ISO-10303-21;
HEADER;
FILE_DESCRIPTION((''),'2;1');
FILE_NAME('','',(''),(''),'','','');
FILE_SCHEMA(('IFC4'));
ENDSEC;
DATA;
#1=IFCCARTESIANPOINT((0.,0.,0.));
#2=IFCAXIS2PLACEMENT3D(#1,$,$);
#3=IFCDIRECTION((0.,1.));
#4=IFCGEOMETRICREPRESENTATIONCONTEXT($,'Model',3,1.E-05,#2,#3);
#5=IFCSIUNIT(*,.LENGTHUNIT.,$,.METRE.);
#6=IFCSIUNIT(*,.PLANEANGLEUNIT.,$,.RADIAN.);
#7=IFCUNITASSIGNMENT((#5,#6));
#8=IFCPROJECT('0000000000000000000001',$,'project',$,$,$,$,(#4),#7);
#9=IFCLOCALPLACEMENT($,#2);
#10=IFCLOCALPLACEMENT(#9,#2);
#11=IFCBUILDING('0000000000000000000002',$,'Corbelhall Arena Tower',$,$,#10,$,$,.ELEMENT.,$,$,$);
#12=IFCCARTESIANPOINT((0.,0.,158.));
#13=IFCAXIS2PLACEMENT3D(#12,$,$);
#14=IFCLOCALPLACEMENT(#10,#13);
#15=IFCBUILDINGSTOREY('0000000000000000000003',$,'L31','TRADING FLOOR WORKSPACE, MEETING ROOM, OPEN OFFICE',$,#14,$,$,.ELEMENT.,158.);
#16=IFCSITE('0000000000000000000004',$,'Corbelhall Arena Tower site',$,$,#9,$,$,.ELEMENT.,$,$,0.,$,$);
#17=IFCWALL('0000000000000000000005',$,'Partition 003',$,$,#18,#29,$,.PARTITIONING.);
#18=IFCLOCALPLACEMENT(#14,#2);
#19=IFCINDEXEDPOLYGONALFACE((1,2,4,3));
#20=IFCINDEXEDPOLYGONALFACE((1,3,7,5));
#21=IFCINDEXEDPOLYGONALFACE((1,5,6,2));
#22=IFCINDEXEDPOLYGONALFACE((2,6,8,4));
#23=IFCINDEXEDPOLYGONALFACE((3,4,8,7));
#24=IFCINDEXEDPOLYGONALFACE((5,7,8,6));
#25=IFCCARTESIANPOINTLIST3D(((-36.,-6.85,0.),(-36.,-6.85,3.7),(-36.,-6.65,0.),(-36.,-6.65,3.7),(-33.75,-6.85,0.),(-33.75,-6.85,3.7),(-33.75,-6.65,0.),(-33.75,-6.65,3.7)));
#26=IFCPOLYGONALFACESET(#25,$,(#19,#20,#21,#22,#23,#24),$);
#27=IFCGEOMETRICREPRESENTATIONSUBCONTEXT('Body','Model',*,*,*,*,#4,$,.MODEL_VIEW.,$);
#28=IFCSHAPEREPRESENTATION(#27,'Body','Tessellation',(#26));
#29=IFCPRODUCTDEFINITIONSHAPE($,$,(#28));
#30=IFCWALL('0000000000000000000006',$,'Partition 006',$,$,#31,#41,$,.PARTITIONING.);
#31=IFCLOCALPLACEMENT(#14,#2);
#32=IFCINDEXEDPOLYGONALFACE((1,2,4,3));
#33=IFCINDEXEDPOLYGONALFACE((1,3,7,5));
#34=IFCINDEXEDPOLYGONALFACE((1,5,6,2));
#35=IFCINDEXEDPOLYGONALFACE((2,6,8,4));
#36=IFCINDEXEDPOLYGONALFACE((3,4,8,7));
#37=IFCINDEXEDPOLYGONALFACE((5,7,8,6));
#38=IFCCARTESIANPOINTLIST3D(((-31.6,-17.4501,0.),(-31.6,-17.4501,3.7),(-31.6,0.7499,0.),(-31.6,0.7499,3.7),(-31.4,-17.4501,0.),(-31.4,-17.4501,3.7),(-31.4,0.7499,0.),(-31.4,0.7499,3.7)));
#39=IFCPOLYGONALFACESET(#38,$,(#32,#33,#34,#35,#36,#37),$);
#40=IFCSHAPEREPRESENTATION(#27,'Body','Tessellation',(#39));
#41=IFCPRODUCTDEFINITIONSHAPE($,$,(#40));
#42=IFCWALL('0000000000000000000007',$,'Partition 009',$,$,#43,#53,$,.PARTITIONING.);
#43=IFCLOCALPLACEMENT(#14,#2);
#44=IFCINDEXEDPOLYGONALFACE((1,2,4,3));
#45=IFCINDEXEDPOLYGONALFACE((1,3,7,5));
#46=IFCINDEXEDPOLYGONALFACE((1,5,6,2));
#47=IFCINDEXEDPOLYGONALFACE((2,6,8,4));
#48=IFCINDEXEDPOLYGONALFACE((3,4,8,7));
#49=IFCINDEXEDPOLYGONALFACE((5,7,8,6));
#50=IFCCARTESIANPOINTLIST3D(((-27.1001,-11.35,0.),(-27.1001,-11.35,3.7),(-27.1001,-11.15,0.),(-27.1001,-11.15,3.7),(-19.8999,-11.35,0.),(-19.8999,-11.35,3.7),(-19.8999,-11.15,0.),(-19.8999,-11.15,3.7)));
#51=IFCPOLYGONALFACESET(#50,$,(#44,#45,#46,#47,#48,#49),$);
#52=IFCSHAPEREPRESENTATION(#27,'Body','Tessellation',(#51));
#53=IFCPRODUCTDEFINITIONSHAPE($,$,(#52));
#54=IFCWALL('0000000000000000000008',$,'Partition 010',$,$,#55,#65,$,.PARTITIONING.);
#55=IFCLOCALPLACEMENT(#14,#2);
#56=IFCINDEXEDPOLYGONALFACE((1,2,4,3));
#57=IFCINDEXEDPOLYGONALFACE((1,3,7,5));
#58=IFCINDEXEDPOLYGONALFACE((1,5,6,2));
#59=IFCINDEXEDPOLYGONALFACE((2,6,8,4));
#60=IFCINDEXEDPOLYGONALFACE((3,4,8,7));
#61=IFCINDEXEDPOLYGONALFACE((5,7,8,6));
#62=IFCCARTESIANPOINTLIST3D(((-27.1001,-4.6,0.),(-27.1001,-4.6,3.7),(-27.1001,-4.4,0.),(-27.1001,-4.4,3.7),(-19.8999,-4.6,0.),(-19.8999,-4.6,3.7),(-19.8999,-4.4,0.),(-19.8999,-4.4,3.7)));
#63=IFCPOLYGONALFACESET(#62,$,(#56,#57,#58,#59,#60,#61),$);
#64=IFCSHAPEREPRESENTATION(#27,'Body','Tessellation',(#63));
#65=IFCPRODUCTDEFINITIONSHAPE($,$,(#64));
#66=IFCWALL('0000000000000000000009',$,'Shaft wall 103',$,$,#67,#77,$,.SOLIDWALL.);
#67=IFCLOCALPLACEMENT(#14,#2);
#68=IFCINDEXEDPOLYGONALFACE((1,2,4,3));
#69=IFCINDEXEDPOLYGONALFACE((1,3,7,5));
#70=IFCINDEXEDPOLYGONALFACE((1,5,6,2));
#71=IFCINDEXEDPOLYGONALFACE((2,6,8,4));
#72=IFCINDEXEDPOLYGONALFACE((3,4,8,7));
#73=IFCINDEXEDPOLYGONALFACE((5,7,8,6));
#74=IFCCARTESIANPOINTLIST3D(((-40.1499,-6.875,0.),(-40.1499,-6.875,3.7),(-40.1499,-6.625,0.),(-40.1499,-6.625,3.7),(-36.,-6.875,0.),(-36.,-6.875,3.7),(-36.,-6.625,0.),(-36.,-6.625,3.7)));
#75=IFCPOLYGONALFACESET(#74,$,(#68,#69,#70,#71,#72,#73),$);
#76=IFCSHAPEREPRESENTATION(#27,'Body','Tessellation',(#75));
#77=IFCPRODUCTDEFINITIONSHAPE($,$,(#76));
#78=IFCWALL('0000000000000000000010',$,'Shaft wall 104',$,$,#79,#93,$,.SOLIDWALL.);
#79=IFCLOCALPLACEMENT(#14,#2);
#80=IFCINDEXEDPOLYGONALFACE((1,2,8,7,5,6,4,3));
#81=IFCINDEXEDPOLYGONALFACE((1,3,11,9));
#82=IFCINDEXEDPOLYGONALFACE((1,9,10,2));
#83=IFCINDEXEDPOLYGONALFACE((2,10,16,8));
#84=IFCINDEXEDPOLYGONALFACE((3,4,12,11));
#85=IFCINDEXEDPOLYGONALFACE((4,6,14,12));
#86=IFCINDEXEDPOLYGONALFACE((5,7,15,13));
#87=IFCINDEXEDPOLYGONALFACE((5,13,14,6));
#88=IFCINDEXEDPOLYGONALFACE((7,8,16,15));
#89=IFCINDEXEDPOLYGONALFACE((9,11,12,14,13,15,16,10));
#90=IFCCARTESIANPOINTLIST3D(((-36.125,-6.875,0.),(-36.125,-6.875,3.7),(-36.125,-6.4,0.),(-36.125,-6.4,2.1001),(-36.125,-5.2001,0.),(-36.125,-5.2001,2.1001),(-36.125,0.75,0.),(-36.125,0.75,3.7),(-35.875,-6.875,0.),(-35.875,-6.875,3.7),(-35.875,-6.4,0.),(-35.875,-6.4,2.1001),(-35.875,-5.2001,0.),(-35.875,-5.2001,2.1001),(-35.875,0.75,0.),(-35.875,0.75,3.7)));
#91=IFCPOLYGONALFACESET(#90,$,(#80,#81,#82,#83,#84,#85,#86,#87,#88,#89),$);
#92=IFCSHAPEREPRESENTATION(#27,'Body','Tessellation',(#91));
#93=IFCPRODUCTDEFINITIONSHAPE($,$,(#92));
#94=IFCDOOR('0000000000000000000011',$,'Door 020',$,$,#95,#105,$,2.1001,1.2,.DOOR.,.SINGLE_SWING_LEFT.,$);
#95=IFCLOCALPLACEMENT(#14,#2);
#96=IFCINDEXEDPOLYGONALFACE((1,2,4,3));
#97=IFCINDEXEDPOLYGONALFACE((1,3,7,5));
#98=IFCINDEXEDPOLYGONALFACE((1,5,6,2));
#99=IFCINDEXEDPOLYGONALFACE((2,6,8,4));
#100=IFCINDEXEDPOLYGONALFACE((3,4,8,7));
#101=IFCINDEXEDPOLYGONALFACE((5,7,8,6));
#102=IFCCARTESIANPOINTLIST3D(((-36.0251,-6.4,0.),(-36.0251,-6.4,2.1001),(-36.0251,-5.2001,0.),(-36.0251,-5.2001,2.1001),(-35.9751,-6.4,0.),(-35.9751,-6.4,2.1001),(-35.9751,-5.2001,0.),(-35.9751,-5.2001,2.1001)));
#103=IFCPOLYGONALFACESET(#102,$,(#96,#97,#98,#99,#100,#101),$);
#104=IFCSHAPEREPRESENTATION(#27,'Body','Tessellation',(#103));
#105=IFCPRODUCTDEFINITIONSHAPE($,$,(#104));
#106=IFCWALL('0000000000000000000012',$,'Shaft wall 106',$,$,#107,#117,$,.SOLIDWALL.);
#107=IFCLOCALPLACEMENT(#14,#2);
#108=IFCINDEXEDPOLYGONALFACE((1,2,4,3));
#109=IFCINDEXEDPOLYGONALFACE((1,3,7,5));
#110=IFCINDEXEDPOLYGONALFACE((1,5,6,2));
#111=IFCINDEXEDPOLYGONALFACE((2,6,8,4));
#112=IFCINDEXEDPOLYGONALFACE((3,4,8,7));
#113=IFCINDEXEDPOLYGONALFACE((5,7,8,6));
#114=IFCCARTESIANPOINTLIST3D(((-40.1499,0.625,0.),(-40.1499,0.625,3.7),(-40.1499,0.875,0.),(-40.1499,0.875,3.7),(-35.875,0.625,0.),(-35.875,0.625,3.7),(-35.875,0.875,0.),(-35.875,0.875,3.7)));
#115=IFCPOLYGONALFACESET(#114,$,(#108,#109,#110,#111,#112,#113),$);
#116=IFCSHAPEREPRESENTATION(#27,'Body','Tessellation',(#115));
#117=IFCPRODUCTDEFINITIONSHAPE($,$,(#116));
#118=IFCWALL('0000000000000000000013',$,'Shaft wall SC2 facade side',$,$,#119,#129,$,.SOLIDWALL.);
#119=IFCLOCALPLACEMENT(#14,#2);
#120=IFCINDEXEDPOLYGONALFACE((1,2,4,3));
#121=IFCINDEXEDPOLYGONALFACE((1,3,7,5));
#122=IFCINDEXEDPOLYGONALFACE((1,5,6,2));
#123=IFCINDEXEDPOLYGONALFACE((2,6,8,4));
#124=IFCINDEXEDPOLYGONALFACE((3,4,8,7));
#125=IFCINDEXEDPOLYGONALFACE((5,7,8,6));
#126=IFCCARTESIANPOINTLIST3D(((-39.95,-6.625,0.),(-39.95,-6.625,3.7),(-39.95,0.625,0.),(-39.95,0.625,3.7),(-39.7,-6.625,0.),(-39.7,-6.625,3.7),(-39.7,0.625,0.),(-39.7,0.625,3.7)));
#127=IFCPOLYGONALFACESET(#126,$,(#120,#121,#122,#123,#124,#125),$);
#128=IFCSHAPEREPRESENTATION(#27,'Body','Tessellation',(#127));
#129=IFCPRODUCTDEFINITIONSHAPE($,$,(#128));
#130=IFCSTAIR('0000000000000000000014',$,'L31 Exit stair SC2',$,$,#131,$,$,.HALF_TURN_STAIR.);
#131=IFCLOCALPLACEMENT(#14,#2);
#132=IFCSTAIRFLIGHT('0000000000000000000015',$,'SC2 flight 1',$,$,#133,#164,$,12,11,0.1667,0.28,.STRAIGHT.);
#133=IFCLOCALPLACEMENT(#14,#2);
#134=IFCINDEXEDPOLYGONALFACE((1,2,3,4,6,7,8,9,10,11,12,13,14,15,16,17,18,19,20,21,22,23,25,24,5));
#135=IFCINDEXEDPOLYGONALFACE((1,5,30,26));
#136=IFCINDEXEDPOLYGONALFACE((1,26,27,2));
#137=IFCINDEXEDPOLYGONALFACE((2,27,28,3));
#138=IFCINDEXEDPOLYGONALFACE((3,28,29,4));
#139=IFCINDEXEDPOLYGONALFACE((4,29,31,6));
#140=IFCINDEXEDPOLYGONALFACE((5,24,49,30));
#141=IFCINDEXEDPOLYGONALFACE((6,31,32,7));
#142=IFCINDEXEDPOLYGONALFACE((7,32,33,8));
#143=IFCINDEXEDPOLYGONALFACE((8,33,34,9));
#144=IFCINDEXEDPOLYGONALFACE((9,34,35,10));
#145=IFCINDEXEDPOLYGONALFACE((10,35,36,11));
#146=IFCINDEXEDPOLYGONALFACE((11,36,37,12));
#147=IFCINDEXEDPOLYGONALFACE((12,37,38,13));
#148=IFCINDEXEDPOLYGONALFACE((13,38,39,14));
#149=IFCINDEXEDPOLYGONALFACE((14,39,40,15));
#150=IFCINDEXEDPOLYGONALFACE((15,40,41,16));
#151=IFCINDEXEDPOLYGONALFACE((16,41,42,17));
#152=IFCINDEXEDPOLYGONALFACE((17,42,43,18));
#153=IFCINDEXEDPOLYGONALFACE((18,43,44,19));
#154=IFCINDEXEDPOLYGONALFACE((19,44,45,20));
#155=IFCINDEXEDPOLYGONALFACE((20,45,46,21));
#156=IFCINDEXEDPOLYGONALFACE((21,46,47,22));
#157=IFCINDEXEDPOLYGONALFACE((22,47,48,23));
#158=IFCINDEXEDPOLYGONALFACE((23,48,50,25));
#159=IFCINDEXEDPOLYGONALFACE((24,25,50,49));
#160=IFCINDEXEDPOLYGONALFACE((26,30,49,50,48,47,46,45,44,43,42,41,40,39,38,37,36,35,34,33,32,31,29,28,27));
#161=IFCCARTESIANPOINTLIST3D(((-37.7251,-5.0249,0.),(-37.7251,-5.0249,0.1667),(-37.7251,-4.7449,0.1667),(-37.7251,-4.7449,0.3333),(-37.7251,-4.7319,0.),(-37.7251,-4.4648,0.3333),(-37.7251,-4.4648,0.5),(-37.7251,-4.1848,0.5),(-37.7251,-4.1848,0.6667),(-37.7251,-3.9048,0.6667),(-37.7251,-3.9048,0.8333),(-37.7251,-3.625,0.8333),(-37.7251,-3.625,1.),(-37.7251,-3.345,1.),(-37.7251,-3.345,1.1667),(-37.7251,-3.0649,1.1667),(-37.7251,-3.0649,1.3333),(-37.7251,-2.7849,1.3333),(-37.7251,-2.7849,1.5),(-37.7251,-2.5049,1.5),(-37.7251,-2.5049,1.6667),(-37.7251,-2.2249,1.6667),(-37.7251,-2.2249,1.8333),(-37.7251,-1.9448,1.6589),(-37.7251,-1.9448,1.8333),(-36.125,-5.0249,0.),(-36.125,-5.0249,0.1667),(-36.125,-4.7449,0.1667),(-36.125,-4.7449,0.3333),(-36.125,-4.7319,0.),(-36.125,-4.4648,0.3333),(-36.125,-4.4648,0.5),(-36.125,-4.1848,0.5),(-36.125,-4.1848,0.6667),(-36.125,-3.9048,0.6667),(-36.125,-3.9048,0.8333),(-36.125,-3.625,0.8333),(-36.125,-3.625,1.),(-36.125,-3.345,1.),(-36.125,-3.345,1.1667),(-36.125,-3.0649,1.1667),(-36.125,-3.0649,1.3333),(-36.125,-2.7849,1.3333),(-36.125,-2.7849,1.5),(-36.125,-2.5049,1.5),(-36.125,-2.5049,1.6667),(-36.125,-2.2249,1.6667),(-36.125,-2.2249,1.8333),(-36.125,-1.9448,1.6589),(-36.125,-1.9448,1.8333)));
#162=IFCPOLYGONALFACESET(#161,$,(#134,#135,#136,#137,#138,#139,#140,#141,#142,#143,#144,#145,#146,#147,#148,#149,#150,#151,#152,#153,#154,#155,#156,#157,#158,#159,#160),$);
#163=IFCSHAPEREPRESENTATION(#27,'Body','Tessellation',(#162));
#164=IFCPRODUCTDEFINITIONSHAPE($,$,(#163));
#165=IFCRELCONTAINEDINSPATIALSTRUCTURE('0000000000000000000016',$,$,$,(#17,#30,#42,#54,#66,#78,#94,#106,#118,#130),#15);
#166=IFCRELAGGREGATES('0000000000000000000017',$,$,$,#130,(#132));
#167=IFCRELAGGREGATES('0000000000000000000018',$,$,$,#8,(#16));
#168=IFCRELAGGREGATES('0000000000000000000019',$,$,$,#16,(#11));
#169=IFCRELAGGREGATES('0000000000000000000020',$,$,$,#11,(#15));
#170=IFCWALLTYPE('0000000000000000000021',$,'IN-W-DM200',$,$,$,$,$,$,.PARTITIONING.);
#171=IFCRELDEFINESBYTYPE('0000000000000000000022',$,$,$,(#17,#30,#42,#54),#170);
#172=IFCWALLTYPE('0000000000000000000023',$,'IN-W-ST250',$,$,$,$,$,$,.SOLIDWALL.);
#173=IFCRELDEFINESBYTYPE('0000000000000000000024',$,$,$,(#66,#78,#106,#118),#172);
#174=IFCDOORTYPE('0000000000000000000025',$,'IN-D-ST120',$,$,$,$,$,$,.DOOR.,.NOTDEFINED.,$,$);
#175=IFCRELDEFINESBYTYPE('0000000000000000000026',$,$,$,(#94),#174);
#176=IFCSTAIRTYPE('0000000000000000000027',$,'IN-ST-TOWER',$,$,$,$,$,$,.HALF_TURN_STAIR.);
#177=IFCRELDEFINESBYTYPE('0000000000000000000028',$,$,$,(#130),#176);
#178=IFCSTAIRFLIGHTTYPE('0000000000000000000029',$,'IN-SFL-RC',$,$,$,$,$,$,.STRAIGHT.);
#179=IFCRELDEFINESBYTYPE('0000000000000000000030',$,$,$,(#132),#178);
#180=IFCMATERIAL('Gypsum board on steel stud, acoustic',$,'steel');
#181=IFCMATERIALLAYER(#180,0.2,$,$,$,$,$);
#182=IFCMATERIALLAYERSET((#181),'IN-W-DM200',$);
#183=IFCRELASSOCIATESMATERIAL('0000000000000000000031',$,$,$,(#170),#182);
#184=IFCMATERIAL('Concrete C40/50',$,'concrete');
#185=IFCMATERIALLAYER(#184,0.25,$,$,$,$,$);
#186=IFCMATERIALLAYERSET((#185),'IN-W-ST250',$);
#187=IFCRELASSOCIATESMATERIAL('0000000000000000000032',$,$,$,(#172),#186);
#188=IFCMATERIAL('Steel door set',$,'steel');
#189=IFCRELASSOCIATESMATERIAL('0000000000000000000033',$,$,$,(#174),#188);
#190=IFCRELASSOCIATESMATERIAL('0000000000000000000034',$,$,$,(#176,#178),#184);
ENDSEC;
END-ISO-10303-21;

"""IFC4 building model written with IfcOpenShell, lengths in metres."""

from ifc_helpers import new_model, si_unit, direction, frame, frame_2d, origin, place, context, subcontext, project, spatial, polyline, rectangle, outline, extrude, material, layer, layer_set, type_object, element, fill, aggregate, save


model = new_model("IFC4")

# Units and contexts
model_context = context("Model", 3, precision=1e-05, world=origin(), true_north=direction((0.0, 1.0)))
body_context = subcontext(model_context, "Body", "Model", "MODEL_VIEW")
ifc_project = project(units=[si_unit("LENGTHUNIT", "METRE"), si_unit("PLANEANGLEUNIT", "RADIAN")], contexts=[model_context])

# Site, building, storey
site_placement = place(None, origin())
site = spatial("IfcSite", under=ifc_project, at=site_placement, Name="Corbelhall Arena Tower site", CompositionType="ELEMENT", RefElevation=0.0)
building_placement = place(site_placement, origin())
building = spatial("IfcBuilding", under=site, at=building_placement, Name="Corbelhall Arena Tower", CompositionType="ELEMENT")
storey_placement = place(building_placement, frame((0.0, 0.0, 158.0)))
storey = spatial("IfcBuildingStorey", under=building, at=storey_placement, Name="L31", Description="TRADING FLOOR WORKSPACE, MEETING ROOM, OPEN OFFICE", CompositionType="ELEMENT", Elevation=158.0)

# Wall
ifc_material_1 = material(Name="Gypsum board on steel stud, acoustic", Category="steel")
ifc_layer_1 = layer(ifc_material_1, 0.2)
ifc_layer_set_1 = layer_set([ifc_layer_1], Name="IN-W-DM200")
wall_type_1 = type_object("IfcWallType", Name="IN-W-DM200", PredefinedType="PARTITIONING", material=ifc_layer_set_1)
wall_1_placement = place(storey_placement, frame((-33.75, -6.75, 0.0), z_axis=(0.0, 0.0, 1.0), x_axis=(-1.0, 0.0, 0.0)))
element("IfcWall", 1, at=wall_1_placement, inside=storey, type_object=wall_type_1, Name="Partition 003", PredefinedType="PARTITIONING", context=body_context, shape_type="SweptSolid", body=[
    extrude(rectangle(XDim=2.25, YDim=0.2, at=frame_2d((1.125, 0.0))), origin(), (0.0, 0.0, 1.0), 3.7),
])

# Shared definitions
ifc_material_2 = material(Name="Steel door set", Category="steel")

# Walls
wall_2_placement = place(storey_placement, frame((-31.5, 0.75, 0.0), z_axis=(0.0, 0.0, 1.0), x_axis=(0.0, -1.0, 0.0)))
element("IfcWall", 2, at=wall_2_placement, inside=storey, type_object=wall_type_1, Name="Partition 006", PredefinedType="PARTITIONING", context=body_context, shape_type="SweptSolid", body=[
    extrude(rectangle(XDim=18.2, YDim=0.2, at=frame_2d((9.1001, 0.0))), origin(), (0.0, 0.0, 1.0), 3.7),
])
for number, where, z_axis, x_axis, name in (
    (3, (-27.1001, -11.25, 0.0), (0.0, 0.0, 1.0), (1.0, 0.0, 0.0), "Partition 009"),
    (4, (-27.1001, -4.5, 0.0), (0.0, 0.0, 1.0), (1.0, 0.0, 0.0), "Partition 010"),
):
    element("IfcWall", number, at=place(storey_placement, frame(where, z_axis=z_axis, x_axis=x_axis)), inside=storey, type_object=wall_type_1, Name=name, PredefinedType="PARTITIONING", context=body_context, shape_type="SweptSolid", body=[
        extrude(rectangle(XDim=7.2002, YDim=0.2, at=frame_2d((3.6001, 0.0))), origin(), (0.0, 0.0, 1.0), 3.7),
    ])
ifc_material_3 = material(Name="Concrete C40/50", Category="concrete")
ifc_layer_2 = layer(ifc_material_3, 0.25)
ifc_layer_set_2 = layer_set([ifc_layer_2], Name="IN-W-ST250")
wall_type_2 = type_object("IfcWallType", Name="IN-W-ST250", PredefinedType="SOLIDWALL", material=ifc_layer_set_2)
wall_3_placement = place(storey_placement, frame((-36.0, -6.75, 0.0), z_axis=(0.0, 0.0, 1.0), x_axis=(-1.0, 0.0, 0.0)))
element("IfcWall", 5, at=wall_3_placement, inside=storey, type_object=wall_type_2, Name="Shaft wall 103", PredefinedType="SOLIDWALL", context=body_context, shape_type="SweptSolid", body=[
    extrude(rectangle(XDim=4.1499, YDim=0.25, at=frame_2d((2.075, 0.0))), origin(), (0.0, 0.0, 1.0), 3.7),
])

# Wall, opening, door
wall_4_placement = place(storey_placement, frame((-36.0, 0.75, 0.0), z_axis=(0.0, 0.0, 1.0), x_axis=(0.0, -1.0, 0.0)))
wall_4 = element("IfcWall", 6, at=wall_4_placement, inside=storey, type_object=wall_type_2, Name="Shaft wall 104", PredefinedType="SOLIDWALL", context=body_context, shape_type="SweptSolid", body=[
    extrude(rectangle(XDim=7.625, YDim=0.25, at=frame_2d((3.8125, 0.0))), origin(), (0.0, 0.0, 1.0), 3.7),
])
opening_1_placement = place(wall_4_placement, frame((5.95, 0.0, 0.0)))
opening_1 = element("IfcOpeningElement", 7, at=opening_1_placement, cuts=wall_4, PredefinedType="OPENING", context=body_context, shape_type="SweptSolid", body=[
    extrude(rectangle(XDim=1.2, YDim=2.1001, at=frame_2d((0.6001, 1.05))), frame((0.0, 0.125, 0.0), z_axis=(0.0, -1.0, 0.0), x_axis=(1.0, 0.0, 0.0)), (0.0, 0.0, 1.0), 0.25),
])
door_type_1 = type_object("IfcDoorType", Name="IN-D-ST120", OperationType="NOTDEFINED", PredefinedType="DOOR", material=ifc_material_2)
door_1_placement = place(opening_1_placement, origin())
door_1 = element("IfcDoor", 8, at=door_1_placement, inside=storey, type_object=door_type_1, Name="Door 020", OperationType="SINGLE_SWING_LEFT", OverallHeight=2.1001, OverallWidth=1.2, PredefinedType="DOOR", context=body_context, shape_type="SweptSolid", body=[
    extrude(rectangle(XDim=1.2, YDim=2.1001, at=frame_2d((0.6001, 1.05))), frame((0.0, 0.0249, 0.0), z_axis=(0.0, -1.0, 0.0), x_axis=(1.0, 0.0, 0.0)), (0.0, 0.0, 1.0), 0.05),
])
fill(opening_1, door_1)

# Walls
wall_5_placement = place(storey_placement, frame((-35.875, 0.75, 0.0), z_axis=(0.0, 0.0, 1.0), x_axis=(-1.0, 0.0, 0.0)))
element("IfcWall", 9, at=wall_5_placement, inside=storey, type_object=wall_type_2, Name="Shaft wall 106", PredefinedType="SOLIDWALL", context=body_context, shape_type="SweptSolid", body=[
    extrude(rectangle(XDim=4.2749, YDim=0.25, at=frame_2d((2.1375, 0.0))), origin(), (0.0, 0.0, 1.0), 3.7),
])
wall_6_placement = place(storey_placement, frame((-39.825, -6.625, 0.0), z_axis=(0.0, 0.0, 1.0), x_axis=(0.0, 1.0, 0.0)))
element("IfcWall", 10, at=wall_6_placement, inside=storey, type_object=wall_type_2, Name="Shaft wall SC2 facade side", PredefinedType="SOLIDWALL", context=body_context, shape_type="SweptSolid", body=[
    extrude(rectangle(XDim=7.25, YDim=0.25, at=frame_2d((3.625, 0.0))), origin(), (0.0, 0.0, 1.0), 3.7),
])

# Stair, stair flight
stair_type = type_object("IfcStairType", Name="IN-ST-TOWER", PredefinedType="HALF_TURN_STAIR", material=ifc_material_3)
stair_placement = place(storey_placement, origin())
stair = element("IfcStair", 11, at=stair_placement, inside=storey, type_object=stair_type, Name="L31 Exit stair SC2", PredefinedType="HALF_TURN_STAIR")
stair_flight_type = type_object("IfcStairFlightType", Name="IN-SFL-RC", PredefinedType="STRAIGHT", material=ifc_material_3)
stair_flight_1_placement = place(storey_placement, frame((-36.925, -5.0249, 0.0), z_axis=(0.0, 0.0, 1.0), x_axis=(0.0, 1.0, 0.0)))
stair_flight_1 = element("IfcStairFlight", 12, at=stair_flight_1_placement, type_object=stair_flight_type, Name="SC2 flight 1", NumberOfRisers=12, NumberOfTreads=11, PredefinedType="STRAIGHT", RiserHeight=0.1667, TreadLength=0.28, context=body_context, shape_type="SweptSolid", body=[
    extrude(outline(polyline([(0.0, 0.0), (0.0, 0.1667), (0.28, 0.1667), (0.28, 0.3333), (0.5601, 0.3333), (0.5601, 0.5), (0.8401, 0.5), (0.8401, 0.6667), (1.1201, 0.6667), (1.1201, 0.8333), (1.3999, 0.8333), (1.3999, 1.0), (1.6799, 1.0), (1.6799, 1.1667), (1.96, 1.1667), (1.96, 1.3333), (2.24, 1.3333), (2.24, 1.5), (2.52, 1.5), (2.52, 1.6667), (2.8, 1.6667), (2.8, 1.8333), (3.0801, 1.8333), (3.0801, 2.0), (3.0801, 1.6589), (0.293, 0.0), (0.0, 0.0)])), frame((0.0, 0.8, 0.0), z_axis=(0.0, -1.0, 0.0), x_axis=(1.0, 0.0, 0.0)), (0.0, 0.0, 1.0), 1.6001),
])
aggregate(stair, [stair_flight_1])

save(model, "model.ifc")
